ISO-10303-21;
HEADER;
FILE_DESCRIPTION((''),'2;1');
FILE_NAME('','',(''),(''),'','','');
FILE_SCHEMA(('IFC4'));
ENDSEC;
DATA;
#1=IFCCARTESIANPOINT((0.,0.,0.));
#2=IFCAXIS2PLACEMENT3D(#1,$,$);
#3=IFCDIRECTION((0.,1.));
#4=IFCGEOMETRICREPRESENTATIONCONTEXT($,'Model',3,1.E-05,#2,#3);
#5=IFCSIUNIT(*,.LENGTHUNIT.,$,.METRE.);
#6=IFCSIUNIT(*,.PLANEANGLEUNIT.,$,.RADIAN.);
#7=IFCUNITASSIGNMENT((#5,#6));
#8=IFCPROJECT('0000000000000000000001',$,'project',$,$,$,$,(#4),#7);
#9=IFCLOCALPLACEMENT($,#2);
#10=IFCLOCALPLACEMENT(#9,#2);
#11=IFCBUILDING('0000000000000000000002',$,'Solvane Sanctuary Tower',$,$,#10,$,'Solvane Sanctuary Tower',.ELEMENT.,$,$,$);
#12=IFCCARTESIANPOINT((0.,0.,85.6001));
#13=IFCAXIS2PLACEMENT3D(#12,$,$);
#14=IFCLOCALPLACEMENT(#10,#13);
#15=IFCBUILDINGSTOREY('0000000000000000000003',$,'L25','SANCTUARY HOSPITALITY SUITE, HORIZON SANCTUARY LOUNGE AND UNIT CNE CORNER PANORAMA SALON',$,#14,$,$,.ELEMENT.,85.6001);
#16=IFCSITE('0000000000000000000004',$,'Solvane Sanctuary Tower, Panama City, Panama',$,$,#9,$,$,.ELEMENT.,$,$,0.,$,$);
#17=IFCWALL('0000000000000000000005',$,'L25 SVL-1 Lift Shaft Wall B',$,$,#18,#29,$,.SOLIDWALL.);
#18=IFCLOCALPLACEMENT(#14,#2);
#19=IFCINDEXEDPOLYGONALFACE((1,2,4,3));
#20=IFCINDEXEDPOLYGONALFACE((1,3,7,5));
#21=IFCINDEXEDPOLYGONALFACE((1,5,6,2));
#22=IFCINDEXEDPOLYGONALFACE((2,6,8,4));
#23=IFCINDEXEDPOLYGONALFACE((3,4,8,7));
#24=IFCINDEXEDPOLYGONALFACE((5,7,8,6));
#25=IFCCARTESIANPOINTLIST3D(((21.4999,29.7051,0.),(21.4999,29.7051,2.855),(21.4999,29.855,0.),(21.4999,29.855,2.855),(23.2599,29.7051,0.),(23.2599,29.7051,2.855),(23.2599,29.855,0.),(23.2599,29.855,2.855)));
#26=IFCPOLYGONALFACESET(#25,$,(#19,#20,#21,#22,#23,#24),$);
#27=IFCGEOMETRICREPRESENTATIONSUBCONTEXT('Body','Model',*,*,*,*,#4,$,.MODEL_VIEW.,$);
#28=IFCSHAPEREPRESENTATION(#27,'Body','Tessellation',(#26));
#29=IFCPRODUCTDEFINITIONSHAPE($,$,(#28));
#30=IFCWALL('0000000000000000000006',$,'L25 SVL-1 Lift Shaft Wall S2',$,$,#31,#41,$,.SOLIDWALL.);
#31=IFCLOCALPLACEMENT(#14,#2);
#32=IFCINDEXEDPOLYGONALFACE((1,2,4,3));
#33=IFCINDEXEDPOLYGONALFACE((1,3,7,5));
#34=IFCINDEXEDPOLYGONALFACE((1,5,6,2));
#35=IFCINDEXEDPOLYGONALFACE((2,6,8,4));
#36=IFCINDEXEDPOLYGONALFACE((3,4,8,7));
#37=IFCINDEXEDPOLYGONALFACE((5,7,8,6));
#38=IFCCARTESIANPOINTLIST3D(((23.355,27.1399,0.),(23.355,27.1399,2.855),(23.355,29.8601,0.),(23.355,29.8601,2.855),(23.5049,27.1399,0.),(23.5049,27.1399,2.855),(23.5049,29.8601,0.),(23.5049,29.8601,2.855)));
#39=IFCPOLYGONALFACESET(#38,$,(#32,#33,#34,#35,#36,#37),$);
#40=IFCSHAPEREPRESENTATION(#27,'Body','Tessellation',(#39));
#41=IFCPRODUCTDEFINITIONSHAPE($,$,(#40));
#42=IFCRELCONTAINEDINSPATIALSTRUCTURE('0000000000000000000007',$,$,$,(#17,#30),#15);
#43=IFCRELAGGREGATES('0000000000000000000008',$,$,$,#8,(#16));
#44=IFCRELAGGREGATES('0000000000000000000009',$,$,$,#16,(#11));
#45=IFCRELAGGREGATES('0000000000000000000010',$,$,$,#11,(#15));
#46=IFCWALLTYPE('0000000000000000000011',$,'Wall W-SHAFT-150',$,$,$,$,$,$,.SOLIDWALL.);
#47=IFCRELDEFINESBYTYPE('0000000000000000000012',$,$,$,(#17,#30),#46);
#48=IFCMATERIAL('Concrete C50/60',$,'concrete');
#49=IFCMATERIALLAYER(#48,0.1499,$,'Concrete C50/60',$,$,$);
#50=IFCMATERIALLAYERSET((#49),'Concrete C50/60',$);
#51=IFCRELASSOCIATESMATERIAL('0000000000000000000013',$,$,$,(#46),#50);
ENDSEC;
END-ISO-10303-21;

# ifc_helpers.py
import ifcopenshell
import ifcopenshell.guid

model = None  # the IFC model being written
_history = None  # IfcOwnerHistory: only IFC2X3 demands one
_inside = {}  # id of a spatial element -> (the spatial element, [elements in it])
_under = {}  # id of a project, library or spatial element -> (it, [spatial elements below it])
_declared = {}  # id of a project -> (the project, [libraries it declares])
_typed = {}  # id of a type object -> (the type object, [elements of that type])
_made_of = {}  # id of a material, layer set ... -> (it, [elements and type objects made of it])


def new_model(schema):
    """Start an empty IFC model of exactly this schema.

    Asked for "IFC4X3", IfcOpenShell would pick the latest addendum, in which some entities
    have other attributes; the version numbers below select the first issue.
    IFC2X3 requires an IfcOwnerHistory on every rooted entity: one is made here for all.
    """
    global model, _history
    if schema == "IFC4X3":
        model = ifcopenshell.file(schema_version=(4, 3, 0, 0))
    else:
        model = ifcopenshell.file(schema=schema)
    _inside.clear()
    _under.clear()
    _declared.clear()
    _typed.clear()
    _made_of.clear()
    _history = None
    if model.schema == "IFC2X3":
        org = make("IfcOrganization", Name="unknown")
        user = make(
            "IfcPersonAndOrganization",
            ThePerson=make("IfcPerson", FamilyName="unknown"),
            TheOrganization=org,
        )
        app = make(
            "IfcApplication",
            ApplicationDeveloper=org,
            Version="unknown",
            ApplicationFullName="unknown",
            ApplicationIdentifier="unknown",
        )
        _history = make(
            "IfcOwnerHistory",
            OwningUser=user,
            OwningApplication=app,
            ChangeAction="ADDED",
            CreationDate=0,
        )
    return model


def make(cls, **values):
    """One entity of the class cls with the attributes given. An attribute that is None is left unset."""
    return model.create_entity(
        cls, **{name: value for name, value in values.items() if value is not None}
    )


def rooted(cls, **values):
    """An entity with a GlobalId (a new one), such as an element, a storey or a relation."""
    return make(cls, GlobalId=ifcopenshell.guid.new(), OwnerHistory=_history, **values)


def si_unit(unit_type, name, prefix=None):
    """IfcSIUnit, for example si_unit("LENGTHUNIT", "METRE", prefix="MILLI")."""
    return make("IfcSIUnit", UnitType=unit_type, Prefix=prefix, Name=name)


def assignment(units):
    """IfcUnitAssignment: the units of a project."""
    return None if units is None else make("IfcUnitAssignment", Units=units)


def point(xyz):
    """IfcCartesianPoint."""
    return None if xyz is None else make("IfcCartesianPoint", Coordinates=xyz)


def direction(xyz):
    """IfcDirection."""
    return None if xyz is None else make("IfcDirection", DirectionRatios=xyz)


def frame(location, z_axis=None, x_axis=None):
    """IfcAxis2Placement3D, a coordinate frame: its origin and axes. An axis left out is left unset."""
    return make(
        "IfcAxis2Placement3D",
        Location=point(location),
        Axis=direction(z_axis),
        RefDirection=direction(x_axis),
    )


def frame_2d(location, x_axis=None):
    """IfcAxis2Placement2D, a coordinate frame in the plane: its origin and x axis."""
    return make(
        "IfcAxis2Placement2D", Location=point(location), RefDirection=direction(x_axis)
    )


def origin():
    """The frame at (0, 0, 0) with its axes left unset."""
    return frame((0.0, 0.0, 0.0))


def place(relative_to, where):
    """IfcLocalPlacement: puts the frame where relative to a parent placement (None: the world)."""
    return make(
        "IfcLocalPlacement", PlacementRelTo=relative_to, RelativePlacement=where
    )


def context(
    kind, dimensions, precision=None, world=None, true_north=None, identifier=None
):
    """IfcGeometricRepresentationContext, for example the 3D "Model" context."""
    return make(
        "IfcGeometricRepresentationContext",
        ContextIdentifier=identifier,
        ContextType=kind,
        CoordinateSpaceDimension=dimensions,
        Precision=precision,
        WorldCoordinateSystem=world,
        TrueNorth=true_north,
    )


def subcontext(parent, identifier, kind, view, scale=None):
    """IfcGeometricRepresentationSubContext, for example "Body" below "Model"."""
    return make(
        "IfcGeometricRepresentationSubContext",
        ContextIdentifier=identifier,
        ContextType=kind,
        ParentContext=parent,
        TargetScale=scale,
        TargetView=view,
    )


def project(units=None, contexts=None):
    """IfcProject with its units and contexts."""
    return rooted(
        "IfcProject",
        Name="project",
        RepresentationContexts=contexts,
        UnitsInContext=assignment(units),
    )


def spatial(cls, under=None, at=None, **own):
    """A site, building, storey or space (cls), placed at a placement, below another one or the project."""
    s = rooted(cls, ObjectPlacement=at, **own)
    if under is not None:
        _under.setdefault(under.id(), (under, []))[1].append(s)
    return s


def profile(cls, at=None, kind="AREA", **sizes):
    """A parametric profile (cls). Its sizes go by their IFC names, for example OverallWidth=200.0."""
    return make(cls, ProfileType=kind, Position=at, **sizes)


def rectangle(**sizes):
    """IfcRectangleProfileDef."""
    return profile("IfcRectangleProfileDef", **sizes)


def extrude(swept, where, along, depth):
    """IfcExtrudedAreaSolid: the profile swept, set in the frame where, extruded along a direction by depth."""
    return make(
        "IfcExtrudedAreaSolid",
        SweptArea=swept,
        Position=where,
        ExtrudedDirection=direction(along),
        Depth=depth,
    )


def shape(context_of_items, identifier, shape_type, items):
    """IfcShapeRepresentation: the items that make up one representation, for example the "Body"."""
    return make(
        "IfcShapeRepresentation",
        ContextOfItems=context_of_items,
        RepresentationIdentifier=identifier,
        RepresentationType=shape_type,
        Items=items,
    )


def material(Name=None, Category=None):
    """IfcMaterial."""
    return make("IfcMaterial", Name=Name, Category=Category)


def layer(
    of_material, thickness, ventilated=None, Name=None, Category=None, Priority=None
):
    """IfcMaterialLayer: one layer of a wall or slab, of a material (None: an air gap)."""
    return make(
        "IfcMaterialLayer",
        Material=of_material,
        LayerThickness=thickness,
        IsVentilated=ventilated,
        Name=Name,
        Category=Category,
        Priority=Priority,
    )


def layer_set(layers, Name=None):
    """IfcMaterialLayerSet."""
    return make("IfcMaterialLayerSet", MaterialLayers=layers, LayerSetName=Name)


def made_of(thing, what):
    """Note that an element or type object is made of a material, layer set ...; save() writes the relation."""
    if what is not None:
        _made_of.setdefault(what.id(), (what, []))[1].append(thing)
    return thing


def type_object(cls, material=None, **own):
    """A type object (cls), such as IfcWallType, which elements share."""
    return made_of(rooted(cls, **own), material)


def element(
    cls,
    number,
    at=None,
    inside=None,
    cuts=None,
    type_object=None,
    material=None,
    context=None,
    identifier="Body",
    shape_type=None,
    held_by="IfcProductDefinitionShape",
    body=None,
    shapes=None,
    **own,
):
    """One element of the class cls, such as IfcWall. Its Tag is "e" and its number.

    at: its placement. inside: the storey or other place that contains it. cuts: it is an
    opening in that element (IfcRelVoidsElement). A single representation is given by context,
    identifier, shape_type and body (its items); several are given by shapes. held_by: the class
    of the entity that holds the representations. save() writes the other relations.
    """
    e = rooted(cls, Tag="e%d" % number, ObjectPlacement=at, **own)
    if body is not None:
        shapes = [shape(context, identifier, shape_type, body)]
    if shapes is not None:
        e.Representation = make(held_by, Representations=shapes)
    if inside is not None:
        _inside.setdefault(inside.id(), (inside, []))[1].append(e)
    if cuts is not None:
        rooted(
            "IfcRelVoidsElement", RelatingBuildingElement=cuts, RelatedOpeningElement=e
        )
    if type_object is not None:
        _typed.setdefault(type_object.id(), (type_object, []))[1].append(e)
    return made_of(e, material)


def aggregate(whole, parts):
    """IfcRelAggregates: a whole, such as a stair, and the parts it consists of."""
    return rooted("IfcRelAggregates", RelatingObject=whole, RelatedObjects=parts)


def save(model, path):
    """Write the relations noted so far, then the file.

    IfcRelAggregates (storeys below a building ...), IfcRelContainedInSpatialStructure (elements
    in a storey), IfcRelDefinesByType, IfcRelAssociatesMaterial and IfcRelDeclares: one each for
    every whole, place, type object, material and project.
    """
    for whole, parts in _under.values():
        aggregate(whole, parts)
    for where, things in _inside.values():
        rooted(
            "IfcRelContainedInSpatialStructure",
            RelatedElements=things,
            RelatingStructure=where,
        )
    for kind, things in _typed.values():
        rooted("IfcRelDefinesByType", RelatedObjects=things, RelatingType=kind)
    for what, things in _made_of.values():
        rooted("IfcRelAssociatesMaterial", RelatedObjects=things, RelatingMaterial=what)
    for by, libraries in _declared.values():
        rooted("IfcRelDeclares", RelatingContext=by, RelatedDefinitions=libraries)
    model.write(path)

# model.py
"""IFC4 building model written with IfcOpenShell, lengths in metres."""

from ifc_helpers import new_model, si_unit, direction, frame, frame_2d, origin, place, context, subcontext, project, spatial, rectangle, extrude, material, layer, layer_set, type_object, element, save


model = new_model("IFC4")

# Units and contexts
model_context = context("Model", 3, precision=1e-05, world=origin(), true_north=direction((0.0, 1.0)))
body_context = subcontext(model_context, "Body", "Model", "MODEL_VIEW")
ifc_project = project(units=[si_unit("LENGTHUNIT", "METRE"), si_unit("PLANEANGLEUNIT", "RADIAN")], contexts=[model_context])

# Site, building, storey
site_placement = place(None, origin())
site = spatial("IfcSite", under=ifc_project, at=site_placement, Name="Solvane Sanctuary Tower, Panama City, Panama", CompositionType="ELEMENT", RefElevation=0.0)
building_placement = place(site_placement, origin())
building = spatial("IfcBuilding", under=site, at=building_placement, Name="Solvane Sanctuary Tower", LongName="Solvane Sanctuary Tower", CompositionType="ELEMENT")
storey_placement = place(building_placement, frame((0.0, 0.0, 85.6001)))
storey = spatial("IfcBuildingStorey", under=building, at=storey_placement, Name="L25", Description="SANCTUARY HOSPITALITY SUITE, HORIZON SANCTUARY LOUNGE AND UNIT CNE CORNER PANORAMA SALON", CompositionType="ELEMENT", Elevation=85.6001)

# Shared definitions
ifc_material_1 = material(Name="Concrete C50/60", Category="concrete")
ifc_layer_1 = layer(ifc_material_1, 0.1499, Name="Concrete C50/60")
ifc_layer_set_1 = layer_set([ifc_layer_1], Name="Concrete C50/60")
wall_type_1 = type_object("IfcWallType", Name="Wall W-SHAFT-150", PredefinedType="SOLIDWALL", material=ifc_layer_set_1)

# Walls
wall_1_placement = place(storey_placement, frame((21.5, 29.78, 0.0), z_axis=(0.0, 0.0, 1.0), x_axis=(1.0, 0.0, 0.0)))
element("IfcWall", 1, at=wall_1_placement, inside=storey, type_object=wall_type_1, Name="L25 SVL-1 Lift Shaft Wall B", PredefinedType="SOLIDWALL", context=body_context, shape_type="SweptSolid", body=[
    extrude(rectangle(XDim=1.76, YDim=0.1499, at=frame_2d((0.8799, 0.0))), origin(), (0.0, 0.0, 1.0), 2.855),
])
wall_2_placement = place(storey_placement, frame((23.4299, 27.1399, 0.0), z_axis=(0.0, 0.0, 1.0), x_axis=(0.0, 1.0, 0.0)))
element("IfcWall", 2, at=wall_2_placement, inside=storey, type_object=wall_type_1, Name="L25 SVL-1 Lift Shaft Wall S2", PredefinedType="SOLIDWALL", context=body_context, shape_type="SweptSolid", body=[
    extrude(rectangle(XDim=2.7202, YDim=0.1499, at=frame_2d((1.3601, 0.0))), origin(), (0.0, 0.0, 1.0), 2.855),
])

save(model, "model.ifc")
